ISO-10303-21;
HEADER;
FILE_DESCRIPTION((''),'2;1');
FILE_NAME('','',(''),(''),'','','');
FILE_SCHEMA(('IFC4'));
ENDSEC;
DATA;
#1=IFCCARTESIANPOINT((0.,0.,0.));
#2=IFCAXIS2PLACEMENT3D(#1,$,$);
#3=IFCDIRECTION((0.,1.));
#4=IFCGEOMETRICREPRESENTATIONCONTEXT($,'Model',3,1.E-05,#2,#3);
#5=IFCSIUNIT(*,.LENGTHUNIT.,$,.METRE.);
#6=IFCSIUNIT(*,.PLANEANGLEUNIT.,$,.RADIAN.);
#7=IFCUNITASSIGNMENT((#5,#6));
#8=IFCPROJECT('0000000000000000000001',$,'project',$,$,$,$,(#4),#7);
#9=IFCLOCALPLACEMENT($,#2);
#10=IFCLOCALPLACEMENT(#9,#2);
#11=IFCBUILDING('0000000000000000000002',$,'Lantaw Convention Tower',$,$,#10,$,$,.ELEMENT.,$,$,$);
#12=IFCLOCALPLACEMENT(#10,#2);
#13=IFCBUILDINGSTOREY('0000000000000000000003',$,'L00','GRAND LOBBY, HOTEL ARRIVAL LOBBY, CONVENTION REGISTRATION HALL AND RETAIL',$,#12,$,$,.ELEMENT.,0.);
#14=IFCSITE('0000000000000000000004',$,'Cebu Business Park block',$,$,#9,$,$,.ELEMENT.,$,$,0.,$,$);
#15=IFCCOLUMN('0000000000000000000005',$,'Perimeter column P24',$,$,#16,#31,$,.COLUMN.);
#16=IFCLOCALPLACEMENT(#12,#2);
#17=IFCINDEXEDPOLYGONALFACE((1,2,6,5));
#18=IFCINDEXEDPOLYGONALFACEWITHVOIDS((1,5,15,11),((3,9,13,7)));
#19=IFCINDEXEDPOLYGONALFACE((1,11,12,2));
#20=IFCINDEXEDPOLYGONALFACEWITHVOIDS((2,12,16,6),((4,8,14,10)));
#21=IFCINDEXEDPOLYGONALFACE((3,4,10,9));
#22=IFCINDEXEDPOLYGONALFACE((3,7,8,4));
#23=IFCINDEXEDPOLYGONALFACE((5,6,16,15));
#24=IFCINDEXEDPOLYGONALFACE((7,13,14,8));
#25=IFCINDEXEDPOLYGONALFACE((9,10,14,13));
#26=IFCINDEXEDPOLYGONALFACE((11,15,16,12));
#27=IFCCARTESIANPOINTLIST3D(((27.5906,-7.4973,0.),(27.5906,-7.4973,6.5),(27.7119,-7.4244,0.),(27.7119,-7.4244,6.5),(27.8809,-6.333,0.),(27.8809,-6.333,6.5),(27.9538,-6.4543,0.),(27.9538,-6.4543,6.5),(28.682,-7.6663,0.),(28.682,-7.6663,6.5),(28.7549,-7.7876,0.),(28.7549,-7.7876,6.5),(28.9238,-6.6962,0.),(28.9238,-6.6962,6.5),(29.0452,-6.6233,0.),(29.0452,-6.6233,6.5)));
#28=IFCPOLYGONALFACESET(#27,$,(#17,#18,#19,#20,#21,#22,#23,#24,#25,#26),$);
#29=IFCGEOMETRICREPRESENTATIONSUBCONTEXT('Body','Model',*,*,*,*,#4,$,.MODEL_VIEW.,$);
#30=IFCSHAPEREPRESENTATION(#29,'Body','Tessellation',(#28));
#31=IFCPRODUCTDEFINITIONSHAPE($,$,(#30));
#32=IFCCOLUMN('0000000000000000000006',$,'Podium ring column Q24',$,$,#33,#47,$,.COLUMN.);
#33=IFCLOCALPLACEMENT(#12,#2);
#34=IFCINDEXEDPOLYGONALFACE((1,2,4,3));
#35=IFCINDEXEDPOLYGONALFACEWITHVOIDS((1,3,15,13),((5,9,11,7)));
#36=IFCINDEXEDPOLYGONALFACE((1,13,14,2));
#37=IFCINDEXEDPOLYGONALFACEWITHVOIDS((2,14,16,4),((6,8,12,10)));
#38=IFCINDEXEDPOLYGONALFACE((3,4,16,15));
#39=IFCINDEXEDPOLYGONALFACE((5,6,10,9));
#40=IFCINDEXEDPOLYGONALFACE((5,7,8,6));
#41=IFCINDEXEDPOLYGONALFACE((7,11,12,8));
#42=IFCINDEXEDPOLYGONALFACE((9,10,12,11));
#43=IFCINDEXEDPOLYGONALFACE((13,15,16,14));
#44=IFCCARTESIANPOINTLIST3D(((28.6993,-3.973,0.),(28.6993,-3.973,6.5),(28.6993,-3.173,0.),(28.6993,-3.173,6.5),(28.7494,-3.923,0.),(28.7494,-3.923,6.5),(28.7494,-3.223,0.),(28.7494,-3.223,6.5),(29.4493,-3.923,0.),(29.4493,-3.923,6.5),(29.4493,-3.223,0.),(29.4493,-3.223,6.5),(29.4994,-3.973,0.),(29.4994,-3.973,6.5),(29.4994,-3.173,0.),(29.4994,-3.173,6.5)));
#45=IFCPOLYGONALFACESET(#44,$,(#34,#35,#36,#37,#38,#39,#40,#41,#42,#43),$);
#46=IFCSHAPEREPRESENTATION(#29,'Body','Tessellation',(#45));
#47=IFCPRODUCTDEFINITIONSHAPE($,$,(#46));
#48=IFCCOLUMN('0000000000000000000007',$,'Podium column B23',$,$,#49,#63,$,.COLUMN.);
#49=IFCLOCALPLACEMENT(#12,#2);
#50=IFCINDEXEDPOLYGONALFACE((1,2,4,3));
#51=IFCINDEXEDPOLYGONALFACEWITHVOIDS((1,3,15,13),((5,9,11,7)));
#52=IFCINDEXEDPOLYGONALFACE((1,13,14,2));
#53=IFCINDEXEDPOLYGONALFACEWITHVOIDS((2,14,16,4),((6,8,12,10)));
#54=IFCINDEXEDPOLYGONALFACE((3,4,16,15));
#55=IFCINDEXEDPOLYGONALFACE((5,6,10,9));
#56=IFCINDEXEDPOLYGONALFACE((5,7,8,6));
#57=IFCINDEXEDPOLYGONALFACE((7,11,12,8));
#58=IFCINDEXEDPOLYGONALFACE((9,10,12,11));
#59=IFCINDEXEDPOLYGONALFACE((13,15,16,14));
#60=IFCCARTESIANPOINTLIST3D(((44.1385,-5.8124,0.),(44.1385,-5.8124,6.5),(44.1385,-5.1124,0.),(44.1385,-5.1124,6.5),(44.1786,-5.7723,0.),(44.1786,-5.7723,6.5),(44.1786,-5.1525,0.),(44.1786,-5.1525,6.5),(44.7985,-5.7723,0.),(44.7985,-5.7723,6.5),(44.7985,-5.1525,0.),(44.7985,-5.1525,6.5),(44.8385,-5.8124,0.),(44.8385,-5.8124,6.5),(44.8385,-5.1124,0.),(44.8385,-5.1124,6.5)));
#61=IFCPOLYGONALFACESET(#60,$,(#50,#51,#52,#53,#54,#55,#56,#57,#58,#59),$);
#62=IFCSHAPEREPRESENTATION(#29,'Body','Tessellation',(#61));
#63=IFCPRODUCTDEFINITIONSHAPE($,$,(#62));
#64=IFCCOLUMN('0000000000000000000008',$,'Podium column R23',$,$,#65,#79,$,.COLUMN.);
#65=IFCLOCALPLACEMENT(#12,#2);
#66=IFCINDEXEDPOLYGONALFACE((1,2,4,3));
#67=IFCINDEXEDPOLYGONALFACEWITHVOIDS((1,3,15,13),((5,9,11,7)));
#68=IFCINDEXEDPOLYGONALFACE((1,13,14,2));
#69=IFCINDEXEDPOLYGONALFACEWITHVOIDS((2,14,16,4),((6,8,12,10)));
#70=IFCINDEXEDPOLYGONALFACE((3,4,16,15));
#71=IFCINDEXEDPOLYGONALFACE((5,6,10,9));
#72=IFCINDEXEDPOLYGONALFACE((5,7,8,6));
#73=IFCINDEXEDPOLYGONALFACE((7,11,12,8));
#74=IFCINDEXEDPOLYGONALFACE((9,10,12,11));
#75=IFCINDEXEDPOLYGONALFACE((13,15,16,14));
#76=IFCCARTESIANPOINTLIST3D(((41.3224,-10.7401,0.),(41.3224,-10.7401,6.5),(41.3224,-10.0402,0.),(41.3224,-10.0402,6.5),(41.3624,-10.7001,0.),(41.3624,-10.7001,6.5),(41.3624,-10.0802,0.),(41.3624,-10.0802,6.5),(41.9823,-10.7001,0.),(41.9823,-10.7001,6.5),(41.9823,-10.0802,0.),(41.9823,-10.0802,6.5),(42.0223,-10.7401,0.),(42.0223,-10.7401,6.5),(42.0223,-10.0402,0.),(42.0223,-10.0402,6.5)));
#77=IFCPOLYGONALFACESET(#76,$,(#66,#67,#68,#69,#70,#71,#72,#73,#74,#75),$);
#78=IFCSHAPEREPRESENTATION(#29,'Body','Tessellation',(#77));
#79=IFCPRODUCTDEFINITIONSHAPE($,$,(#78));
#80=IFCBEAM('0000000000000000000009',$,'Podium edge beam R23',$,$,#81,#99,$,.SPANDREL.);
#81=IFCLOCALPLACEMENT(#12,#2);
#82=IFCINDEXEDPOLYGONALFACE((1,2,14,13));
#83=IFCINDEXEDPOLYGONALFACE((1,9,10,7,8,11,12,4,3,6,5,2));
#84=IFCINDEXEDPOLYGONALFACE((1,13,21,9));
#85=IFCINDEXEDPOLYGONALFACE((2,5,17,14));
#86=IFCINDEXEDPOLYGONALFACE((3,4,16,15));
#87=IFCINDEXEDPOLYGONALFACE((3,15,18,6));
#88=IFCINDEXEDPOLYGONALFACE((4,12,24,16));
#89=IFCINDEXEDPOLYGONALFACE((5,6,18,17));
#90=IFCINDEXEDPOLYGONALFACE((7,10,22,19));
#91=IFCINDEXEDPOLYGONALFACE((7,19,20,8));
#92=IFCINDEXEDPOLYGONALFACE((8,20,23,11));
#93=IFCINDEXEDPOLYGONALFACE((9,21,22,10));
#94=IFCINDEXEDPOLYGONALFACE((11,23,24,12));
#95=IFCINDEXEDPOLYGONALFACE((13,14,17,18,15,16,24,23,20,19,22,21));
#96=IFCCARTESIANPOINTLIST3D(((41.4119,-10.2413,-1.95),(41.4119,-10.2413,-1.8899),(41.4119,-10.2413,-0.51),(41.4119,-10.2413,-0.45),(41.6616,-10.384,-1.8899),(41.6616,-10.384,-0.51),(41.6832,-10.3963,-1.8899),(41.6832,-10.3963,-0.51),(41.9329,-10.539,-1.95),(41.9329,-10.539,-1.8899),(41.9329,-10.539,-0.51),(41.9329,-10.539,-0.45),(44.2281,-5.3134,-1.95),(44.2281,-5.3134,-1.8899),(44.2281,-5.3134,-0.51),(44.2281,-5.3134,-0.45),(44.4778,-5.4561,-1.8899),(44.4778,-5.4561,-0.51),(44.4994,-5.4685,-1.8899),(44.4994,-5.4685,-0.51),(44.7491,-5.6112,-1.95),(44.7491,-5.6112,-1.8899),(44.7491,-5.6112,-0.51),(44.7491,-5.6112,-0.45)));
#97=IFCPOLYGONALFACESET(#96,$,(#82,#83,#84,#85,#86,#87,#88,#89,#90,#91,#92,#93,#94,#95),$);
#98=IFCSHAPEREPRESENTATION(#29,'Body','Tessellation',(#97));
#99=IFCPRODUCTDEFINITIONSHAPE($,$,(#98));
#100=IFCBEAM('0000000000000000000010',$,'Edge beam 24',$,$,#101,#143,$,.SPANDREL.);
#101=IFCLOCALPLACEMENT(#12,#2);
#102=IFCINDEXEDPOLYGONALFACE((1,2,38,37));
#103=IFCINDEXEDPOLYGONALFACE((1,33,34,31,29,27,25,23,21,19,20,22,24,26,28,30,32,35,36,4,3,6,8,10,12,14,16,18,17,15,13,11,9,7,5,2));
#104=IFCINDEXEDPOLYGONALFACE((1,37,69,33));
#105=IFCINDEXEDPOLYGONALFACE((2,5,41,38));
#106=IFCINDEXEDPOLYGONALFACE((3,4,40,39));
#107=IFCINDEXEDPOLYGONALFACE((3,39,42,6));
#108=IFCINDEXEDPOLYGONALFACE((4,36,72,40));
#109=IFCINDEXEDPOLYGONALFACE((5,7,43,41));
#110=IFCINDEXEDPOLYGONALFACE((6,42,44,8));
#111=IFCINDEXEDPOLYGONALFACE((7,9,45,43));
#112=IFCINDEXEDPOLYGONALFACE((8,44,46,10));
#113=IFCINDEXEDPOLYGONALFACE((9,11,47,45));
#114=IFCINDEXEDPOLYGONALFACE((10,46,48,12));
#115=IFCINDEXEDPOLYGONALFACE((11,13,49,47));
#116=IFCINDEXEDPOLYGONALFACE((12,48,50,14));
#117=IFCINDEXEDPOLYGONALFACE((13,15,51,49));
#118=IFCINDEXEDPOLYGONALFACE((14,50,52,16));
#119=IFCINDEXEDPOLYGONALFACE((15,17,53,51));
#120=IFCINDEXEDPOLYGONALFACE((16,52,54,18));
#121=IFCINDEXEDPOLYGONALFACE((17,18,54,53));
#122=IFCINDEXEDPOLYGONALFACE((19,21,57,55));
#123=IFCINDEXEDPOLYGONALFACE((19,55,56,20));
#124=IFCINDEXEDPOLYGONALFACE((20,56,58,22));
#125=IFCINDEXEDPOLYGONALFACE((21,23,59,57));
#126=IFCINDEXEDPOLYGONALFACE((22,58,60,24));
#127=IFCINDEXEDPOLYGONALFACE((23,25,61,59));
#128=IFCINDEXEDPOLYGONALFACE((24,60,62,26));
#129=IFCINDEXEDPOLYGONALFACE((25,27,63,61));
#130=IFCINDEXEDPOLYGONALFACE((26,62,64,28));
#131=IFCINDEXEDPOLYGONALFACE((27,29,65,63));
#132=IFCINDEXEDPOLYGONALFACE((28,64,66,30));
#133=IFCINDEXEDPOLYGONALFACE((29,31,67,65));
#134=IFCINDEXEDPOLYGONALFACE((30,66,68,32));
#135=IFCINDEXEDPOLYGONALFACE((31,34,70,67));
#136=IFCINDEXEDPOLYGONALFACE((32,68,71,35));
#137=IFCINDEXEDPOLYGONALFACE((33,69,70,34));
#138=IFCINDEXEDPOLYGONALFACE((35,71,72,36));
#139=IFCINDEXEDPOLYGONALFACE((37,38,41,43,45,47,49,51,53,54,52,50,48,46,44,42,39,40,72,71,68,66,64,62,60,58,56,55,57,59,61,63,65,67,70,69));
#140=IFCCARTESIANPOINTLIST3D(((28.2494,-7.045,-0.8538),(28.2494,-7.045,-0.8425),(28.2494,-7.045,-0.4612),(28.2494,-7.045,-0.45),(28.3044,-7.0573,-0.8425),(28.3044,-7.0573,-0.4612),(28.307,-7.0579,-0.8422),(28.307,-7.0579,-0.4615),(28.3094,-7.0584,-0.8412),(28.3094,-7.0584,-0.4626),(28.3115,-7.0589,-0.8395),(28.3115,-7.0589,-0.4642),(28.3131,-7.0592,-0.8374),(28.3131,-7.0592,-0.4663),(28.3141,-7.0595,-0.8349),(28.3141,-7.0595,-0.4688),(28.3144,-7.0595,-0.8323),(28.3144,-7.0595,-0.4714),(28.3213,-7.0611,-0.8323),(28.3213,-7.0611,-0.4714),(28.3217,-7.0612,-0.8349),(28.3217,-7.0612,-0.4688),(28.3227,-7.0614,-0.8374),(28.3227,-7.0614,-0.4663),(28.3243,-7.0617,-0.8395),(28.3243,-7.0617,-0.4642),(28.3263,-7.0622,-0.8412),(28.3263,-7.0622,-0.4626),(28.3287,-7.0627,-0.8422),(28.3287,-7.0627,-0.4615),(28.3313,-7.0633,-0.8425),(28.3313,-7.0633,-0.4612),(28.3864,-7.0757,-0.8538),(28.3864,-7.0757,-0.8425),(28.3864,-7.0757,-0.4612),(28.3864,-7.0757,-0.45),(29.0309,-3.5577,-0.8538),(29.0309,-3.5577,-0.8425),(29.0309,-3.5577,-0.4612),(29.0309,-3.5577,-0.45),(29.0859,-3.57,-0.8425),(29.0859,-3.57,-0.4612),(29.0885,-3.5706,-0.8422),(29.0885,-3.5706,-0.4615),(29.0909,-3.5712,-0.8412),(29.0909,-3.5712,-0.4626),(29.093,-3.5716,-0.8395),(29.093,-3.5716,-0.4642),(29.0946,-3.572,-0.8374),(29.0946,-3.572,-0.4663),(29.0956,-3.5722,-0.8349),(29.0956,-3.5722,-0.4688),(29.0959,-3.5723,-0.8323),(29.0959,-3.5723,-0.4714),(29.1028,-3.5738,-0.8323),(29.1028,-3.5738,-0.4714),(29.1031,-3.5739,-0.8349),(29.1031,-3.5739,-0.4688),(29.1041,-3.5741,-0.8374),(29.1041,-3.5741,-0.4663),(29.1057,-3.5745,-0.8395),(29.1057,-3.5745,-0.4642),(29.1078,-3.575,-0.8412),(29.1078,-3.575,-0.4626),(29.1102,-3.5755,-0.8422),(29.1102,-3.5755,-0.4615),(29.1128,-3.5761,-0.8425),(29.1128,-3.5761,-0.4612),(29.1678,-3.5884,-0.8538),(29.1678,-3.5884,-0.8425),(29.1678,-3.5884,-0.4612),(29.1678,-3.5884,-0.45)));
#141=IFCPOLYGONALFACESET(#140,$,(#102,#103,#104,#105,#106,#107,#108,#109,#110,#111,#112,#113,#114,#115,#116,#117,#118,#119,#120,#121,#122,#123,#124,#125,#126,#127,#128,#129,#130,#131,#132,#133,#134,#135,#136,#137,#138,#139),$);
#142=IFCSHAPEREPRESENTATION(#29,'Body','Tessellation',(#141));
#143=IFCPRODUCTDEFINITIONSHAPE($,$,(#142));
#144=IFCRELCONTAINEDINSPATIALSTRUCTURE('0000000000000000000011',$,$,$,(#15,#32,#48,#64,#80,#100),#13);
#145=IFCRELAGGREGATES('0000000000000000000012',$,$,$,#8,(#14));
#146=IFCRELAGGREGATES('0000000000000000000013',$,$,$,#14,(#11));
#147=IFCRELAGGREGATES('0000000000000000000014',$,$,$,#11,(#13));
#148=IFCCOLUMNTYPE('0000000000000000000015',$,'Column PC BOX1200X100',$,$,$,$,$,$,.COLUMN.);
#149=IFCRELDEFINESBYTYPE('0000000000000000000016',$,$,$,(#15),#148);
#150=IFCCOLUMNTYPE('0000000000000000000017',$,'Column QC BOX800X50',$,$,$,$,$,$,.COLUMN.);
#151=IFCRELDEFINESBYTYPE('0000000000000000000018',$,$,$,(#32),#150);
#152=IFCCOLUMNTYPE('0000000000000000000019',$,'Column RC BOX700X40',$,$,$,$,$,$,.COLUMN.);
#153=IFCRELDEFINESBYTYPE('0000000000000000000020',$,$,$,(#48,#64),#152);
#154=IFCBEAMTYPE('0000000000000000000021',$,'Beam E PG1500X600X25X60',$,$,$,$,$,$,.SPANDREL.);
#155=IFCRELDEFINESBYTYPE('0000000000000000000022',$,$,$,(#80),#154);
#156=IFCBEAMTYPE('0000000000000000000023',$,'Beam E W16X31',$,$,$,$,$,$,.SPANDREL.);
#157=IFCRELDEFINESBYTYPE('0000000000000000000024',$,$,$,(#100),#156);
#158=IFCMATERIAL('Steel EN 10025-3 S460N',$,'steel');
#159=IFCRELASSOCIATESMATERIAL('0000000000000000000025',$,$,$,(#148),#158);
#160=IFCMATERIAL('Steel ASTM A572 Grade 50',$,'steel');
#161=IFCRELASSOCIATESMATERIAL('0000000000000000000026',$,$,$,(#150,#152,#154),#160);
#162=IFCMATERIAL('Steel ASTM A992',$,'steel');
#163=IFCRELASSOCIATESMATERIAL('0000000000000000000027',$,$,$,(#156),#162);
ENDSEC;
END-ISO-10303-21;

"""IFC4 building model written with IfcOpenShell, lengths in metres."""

from ifc_helpers import new_model, si_unit, direction, frame, origin, origin_2d, place, context, subcontext, project, spatial, rectangle, hollow_rectangle, i_section, extrude, material, material_profile, profile_set, type_object, element, save


model = new_model("IFC4")

# Units and contexts
model_context = context("Model", 3, precision=1e-05, world=origin(), true_north=direction((0.0, 1.0)))
body_context = subcontext(model_context, "Body", "Model", "MODEL_VIEW")
ifc_project = project(units=[si_unit("LENGTHUNIT", "METRE"), si_unit("PLANEANGLEUNIT", "RADIAN")], contexts=[model_context])

# Site, building, storey
site_placement = place(None, origin())
site = spatial("IfcSite", under=ifc_project, at=site_placement, Name="Cebu Business Park block", CompositionType="ELEMENT", RefElevation=0.0)
building_placement = place(site_placement, origin())
building = spatial("IfcBuilding", under=site, at=building_placement, Name="Lantaw Convention Tower", CompositionType="ELEMENT")
storey_placement = place(building_placement, origin())
storey = spatial("IfcBuildingStorey", under=building, at=storey_placement, Name="L00", Description="GRAND LOBBY, HOTEL ARRIVAL LOBBY, CONVENTION REGISTRATION HALL AND RETAIL", CompositionType="ELEMENT", Elevation=0.0)

# Columns
ifc_material_1 = material(Name="Steel EN 10025-3 S460N", Category="steel")
ifc_material_profile_1 = material_profile(ifc_material_1, hollow_rectangle(XDim=1.2, YDim=1.2, WallThickness=0.1001, at=origin_2d()), Name="BOX1200X100")
ifc_material_2 = material(Name="Concrete C60/75", Category="concrete")
ifc_material_profile_2 = material_profile(ifc_material_2, rectangle(XDim=1.0, YDim=1.0, at=origin_2d()), Name="Concrete fill of BOX1200X100")
ifc_profile_set_1 = profile_set([ifc_material_profile_1, ifc_material_profile_2], Name="Steel EN 10025-3 S460N")
column_type_1 = type_object("IfcColumnType", Name="Column PC BOX1200X100", PredefinedType="COLUMN", material=ifc_profile_set_1)
column_1_placement = place(storey_placement, frame((28.3179, -7.0603, 0.0), z_axis=(0.0, 0.0, 1.0), x_axis=(0.241922, 0.970296, 0.0)))
element("IfcColumn", 1, at=column_1_placement, inside=storey, type_object=column_type_1, Name="Perimeter column P24", PredefinedType="COLUMN", context=body_context, shape_type="SweptSolid", body=[
    extrude(hollow_rectangle(XDim=1.2, YDim=1.2, WallThickness=0.1001, at=origin_2d()), origin(), (0.0, 0.0, 1.0), 6.5),
])
ifc_material_3 = material(Name="Steel ASTM A572 Grade 50", Category="steel")
ifc_material_profile_3 = material_profile(ifc_material_3, hollow_rectangle(XDim=0.8, YDim=0.8, WallThickness=0.05, at=origin_2d()), Name="BOX800X50")
ifc_profile_set_2 = profile_set([ifc_material_profile_3], Name="Steel ASTM A572 Grade 50")
column_type_2 = type_object("IfcColumnType", Name="Column QC BOX800X50", PredefinedType="COLUMN", material=ifc_profile_set_2)
column_2_placement = place(storey_placement, frame((29.0994, -3.573, 0.0), z_axis=(0.0, 0.0, 1.0), x_axis=(1.0, 0.0, 0.0)))
element("IfcColumn", 2, at=column_2_placement, inside=storey, type_object=column_type_2, Name="Podium ring column Q24", PredefinedType="COLUMN", context=body_context, shape_type="SweptSolid", body=[
    extrude(hollow_rectangle(XDim=0.8, YDim=0.8, WallThickness=0.05, at=origin_2d()), origin(), (0.0, 0.0, 1.0), 6.5),
])
ifc_material_profile_4 = material_profile(ifc_material_3, hollow_rectangle(XDim=0.7, YDim=0.7, WallThickness=0.04, at=origin_2d()), Name="BOX700X40")
ifc_profile_set_3 = profile_set([ifc_material_profile_4], Name="Steel ASTM A572 Grade 50")
column_type_3 = type_object("IfcColumnType", Name="Column RC BOX700X40", PredefinedType="COLUMN", material=ifc_profile_set_3)
for number, where, z_axis, x_axis, name in (
    (3, (44.4885, -5.4624, 0.0), (0.0, 0.0, 1.0), (1.0, 0.0, 0.0), "Podium column B23"),
    (4, (41.6724, -10.3901, 0.0), (0.0, 0.0, 1.0), (1.0, 0.0, 0.0), "Podium column R23"),
):
    element("IfcColumn", number, at=place(storey_placement, frame(where, z_axis=z_axis, x_axis=x_axis)), inside=storey, type_object=column_type_3, Name=name, PredefinedType="COLUMN", context=body_context, shape_type="SweptSolid", body=[
        extrude(hollow_rectangle(XDim=0.7, YDim=0.7, WallThickness=0.04, at=origin_2d()), origin(), (0.0, 0.0, 1.0), 6.5),
    ])

# Beams
ifc_material_profile_5 = material_profile(ifc_material_3, i_section(OverallWidth=0.6001, OverallDepth=1.5, WebThickness=0.0249, FlangeThickness=0.0601, at=origin_2d()), Name="PG1500X600X25X60")
ifc_profile_set_4 = profile_set([ifc_material_profile_5], Name="Steel ASTM A572 Grade 50")
beam_type_1 = type_object("IfcBeamType", Name="Beam E PG1500X600X25X60", PredefinedType="SPANDREL", material=ifc_profile_set_4)
beam_1_placement = place(storey_placement, frame((41.6724, -10.3901, -1.2), z_axis=(0.496181, 0.868219, 0.0), x_axis=(-0.868219, 0.496181, 0.0)))
element("IfcBeam", 5, at=beam_1_placement, inside=storey, type_object=beam_type_1, Name="Podium edge beam R23", PredefinedType="SPANDREL", context=body_context, shape_type="SweptSolid", body=[
    extrude(i_section(OverallWidth=0.6001, OverallDepth=1.5, WebThickness=0.0249, FlangeThickness=0.0601, at=origin_2d()), origin(), (0.0, 0.0, 1.0), 5.6758),
])
ifc_material_4 = material(Name="Steel ASTM A992", Category="steel")
ifc_material_profile_6 = material_profile(ifc_material_4, i_section(OverallWidth=0.1404, OverallDepth=0.4038, WebThickness=0.0071, FlangeThickness=0.0112, FilletRadius=0.0103, at=origin_2d()), Name="W16X31")
ifc_profile_set_5 = profile_set([ifc_material_profile_6], Name="Steel ASTM A992")
beam_type_2 = type_object("IfcBeamType", Name="Beam E W16X31", PredefinedType="SPANDREL", material=ifc_profile_set_5)
beam_2_placement = place(storey_placement, frame((28.3179, -7.0603, -0.6519), z_axis=(0.218673, 0.975798, 0.0), x_axis=(-0.975798, 0.218673, 0.0)))
element("IfcBeam", 6, at=beam_2_placement, inside=storey, type_object=beam_type_2, Name="Edge beam 24", PredefinedType="SPANDREL", context=body_context, shape_type="SweptSolid", body=[
    extrude(i_section(OverallWidth=0.1404, OverallDepth=0.4038, WebThickness=0.0071, FlangeThickness=0.0112, FilletRadius=0.0103, at=origin_2d()), origin(), (0.0, 0.0, 1.0), 3.5737),
])

save(model, "model.ifc")
